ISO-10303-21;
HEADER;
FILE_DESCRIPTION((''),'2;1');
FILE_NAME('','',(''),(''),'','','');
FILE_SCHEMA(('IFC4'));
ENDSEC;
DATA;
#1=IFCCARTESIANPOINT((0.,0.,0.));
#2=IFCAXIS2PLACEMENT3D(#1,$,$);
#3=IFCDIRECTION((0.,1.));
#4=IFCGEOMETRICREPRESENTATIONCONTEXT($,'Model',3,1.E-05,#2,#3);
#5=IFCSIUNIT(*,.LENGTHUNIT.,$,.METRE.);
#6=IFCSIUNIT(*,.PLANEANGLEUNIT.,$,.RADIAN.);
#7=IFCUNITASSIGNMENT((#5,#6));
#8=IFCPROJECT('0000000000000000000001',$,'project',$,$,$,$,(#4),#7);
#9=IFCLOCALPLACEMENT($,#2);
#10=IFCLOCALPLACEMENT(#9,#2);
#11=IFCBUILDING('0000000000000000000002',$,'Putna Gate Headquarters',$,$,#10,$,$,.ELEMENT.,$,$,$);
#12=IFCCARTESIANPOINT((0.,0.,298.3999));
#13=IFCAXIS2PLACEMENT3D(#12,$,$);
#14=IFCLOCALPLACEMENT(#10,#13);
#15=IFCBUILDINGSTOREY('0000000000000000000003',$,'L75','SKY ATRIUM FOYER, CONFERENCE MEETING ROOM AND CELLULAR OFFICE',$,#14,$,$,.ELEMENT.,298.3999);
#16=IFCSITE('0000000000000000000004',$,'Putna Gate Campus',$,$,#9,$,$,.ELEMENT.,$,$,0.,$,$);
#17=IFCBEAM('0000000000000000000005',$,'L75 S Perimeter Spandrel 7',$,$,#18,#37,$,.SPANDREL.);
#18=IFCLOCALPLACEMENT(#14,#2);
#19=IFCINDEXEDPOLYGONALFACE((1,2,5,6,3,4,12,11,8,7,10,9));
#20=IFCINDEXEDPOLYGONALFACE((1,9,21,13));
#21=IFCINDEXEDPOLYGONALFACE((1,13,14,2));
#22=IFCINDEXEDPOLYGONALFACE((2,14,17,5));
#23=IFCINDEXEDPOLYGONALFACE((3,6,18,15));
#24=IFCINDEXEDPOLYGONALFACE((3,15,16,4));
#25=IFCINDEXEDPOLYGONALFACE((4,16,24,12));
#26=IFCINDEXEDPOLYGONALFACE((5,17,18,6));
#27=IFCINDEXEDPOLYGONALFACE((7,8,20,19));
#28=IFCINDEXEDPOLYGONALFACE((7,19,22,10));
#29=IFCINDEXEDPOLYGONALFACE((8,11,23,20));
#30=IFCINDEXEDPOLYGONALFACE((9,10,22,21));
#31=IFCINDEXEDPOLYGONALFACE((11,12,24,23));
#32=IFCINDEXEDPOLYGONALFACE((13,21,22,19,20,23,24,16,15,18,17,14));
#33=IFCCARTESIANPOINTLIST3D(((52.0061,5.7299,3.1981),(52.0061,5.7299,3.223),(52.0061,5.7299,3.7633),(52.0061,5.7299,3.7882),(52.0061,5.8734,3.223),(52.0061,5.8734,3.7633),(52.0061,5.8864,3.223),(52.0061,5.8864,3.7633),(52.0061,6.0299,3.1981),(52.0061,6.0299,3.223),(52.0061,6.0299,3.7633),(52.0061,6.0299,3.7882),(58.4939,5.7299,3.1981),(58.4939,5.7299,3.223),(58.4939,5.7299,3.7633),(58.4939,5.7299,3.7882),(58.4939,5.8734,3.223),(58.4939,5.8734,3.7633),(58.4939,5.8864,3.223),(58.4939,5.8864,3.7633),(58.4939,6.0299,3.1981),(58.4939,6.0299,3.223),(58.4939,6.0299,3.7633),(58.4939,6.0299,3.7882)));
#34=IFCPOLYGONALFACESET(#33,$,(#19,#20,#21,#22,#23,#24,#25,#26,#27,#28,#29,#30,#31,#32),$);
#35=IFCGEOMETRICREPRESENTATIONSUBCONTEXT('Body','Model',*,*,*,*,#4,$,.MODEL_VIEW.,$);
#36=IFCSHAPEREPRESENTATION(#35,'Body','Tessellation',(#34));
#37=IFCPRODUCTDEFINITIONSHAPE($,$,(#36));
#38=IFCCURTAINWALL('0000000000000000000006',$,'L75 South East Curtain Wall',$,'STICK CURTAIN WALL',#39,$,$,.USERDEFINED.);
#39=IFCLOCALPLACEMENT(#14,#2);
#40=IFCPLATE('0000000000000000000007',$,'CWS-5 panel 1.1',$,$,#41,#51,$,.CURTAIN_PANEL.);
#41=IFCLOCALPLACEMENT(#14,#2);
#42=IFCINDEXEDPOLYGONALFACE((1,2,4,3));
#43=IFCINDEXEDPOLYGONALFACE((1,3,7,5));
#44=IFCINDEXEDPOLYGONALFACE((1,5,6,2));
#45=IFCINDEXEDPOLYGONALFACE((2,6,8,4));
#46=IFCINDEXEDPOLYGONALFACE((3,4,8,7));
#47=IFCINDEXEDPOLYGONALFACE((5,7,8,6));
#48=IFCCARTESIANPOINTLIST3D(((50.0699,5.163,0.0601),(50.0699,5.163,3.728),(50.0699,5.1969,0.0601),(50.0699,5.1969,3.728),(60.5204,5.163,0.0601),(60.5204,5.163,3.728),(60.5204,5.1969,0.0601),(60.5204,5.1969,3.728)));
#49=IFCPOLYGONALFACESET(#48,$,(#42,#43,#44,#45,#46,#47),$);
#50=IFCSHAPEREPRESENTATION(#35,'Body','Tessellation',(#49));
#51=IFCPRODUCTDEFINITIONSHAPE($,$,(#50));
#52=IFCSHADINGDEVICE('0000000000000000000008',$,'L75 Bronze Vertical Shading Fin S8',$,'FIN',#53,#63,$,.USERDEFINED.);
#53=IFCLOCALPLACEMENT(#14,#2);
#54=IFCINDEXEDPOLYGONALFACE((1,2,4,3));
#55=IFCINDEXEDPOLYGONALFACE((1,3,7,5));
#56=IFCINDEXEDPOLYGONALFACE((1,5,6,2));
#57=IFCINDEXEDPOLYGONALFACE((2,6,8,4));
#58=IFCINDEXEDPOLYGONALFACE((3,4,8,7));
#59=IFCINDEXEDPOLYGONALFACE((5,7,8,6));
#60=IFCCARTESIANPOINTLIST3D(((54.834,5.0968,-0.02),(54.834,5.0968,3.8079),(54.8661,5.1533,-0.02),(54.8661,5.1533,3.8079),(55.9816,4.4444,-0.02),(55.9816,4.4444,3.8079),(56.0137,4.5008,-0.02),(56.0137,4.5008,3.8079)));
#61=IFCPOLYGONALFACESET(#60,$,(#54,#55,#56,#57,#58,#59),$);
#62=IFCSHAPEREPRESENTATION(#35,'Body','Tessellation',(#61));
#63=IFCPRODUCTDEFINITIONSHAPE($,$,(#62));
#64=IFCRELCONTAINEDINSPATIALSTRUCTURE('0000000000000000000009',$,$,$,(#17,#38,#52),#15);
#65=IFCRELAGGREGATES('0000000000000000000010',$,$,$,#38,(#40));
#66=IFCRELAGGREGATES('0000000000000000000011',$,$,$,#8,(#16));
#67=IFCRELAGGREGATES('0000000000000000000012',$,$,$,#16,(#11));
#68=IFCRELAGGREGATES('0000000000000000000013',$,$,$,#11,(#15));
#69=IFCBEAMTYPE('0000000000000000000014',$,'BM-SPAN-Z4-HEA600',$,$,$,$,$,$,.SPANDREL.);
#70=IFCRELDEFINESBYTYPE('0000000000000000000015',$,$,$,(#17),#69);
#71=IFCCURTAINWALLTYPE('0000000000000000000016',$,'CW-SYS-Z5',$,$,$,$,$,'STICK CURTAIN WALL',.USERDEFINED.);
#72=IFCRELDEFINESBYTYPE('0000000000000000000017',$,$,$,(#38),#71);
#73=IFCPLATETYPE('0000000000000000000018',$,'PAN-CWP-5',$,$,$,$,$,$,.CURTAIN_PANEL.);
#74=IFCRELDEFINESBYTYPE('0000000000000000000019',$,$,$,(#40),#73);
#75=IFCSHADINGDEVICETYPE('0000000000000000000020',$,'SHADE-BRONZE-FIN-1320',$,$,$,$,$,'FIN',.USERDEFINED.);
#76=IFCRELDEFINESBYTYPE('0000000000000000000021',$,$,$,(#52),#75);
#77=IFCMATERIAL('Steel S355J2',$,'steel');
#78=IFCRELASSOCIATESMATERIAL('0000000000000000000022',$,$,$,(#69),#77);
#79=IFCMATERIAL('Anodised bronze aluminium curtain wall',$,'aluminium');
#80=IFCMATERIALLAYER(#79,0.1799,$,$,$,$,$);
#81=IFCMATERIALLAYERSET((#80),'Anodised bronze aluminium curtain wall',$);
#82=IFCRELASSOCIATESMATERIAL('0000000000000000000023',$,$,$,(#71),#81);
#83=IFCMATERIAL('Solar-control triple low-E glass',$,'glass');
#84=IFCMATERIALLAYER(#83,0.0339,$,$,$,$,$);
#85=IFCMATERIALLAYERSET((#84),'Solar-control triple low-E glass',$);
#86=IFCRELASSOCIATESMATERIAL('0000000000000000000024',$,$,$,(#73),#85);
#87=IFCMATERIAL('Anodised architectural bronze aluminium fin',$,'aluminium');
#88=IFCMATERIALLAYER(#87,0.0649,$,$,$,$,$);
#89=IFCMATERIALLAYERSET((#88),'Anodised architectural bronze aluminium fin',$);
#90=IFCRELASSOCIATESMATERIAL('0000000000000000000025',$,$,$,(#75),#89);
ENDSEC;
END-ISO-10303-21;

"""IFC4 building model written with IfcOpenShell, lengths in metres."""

from ifc_helpers import new_model, si_unit, direction, frame, origin, origin_2d, place, context, subcontext, project, spatial, rectangle, i_section, extrude, material, layer, layer_set, material_profile, profile_set, type_object, element, aggregate, save


model = new_model("IFC4")

# Units and contexts
model_context = context("Model", 3, precision=1e-05, world=origin(), true_north=direction((0.0, 1.0)))
body_context = subcontext(model_context, "Body", "Model", "MODEL_VIEW")
ifc_project = project(units=[si_unit("LENGTHUNIT", "METRE"), si_unit("PLANEANGLEUNIT", "RADIAN")], contexts=[model_context])

# Site, building, storey
site_placement = place(None, origin())
site = spatial("IfcSite", under=ifc_project, at=site_placement, Name="Putna Gate Campus", CompositionType="ELEMENT", RefElevation=0.0)
building_placement = place(site_placement, origin())
building = spatial("IfcBuilding", under=site, at=building_placement, Name="Putna Gate Headquarters", CompositionType="ELEMENT")
storey_placement = place(building_placement, frame((0.0, 0.0, 298.3999)))
storey = spatial("IfcBuildingStorey", under=building, at=storey_placement, Name="L75", Description="SKY ATRIUM FOYER, CONFERENCE MEETING ROOM AND CELLULAR OFFICE", CompositionType="ELEMENT", Elevation=298.3999)

# Beam
ifc_material_1 = material(Name="Steel S355J2", Category="steel")
ifc_material_profile_1 = material_profile(ifc_material_1, i_section(OverallWidth=0.3, OverallDepth=0.5901, WebThickness=0.0129, FlangeThickness=0.0249, at=origin_2d()), Name="Steel S355J2")
ifc_profile_set_1 = profile_set([ifc_material_profile_1], Name="Steel S355J2")
beam_type_1 = type_object("IfcBeamType", Name="BM-SPAN-Z4-HEA600", PredefinedType="SPANDREL", material=ifc_profile_set_1)
beam_1_placement = place(storey_placement, frame((52.0061, 5.8799, 3.4932), z_axis=(1.0, 0.0, 0.0), x_axis=(0.0, 1.0, 0.0)))
element("IfcBeam", 1, at=beam_1_placement, inside=storey, type_object=beam_type_1, Name="L75 S Perimeter Spandrel 7", PredefinedType="SPANDREL", context=body_context, shape_type="SweptSolid", body=[
    extrude(i_section(OverallWidth=0.3, OverallDepth=0.5901, WebThickness=0.0129, FlangeThickness=0.0249, at=origin_2d()), origin(), (0.0, 0.0, 1.0), 6.4878),
])

# Curtain wall, plate
ifc_material_2 = material(Name="Anodised bronze aluminium curtain wall", Category="aluminium")
ifc_layer_1 = layer(ifc_material_2, 0.1799)
ifc_layer_set_1 = layer_set([ifc_layer_1], Name="Anodised bronze aluminium curtain wall")
curtain_wall_type = type_object("IfcCurtainWallType", Name="CW-SYS-Z5", ElementType="STICK CURTAIN WALL", PredefinedType="USERDEFINED", material=ifc_layer_set_1)
curtain_wall_placement = place(storey_placement, origin())
curtain_wall = element("IfcCurtainWall", 2, at=curtain_wall_placement, inside=storey, type_object=curtain_wall_type, Name="L75 South East Curtain Wall", ObjectType="STICK CURTAIN WALL", PredefinedType="USERDEFINED")
ifc_material_3 = material(Name="Solar-control triple low-E glass", Category="glass")
ifc_layer_2 = layer(ifc_material_3, 0.0339)
ifc_layer_set_2 = layer_set([ifc_layer_2], Name="Solar-control triple low-E glass")
plate_type = type_object("IfcPlateType", Name="PAN-CWP-5", PredefinedType="CURTAIN_PANEL", material=ifc_layer_set_2)
plate_placement = place(storey_placement, frame((55.2952, 5.1799, 0.0601), z_axis=(0.0, 0.0, 1.0), x_axis=(1.0, 0.0, 0.0)))
plate = element("IfcPlate", 3, at=plate_placement, type_object=plate_type, Name="CWS-5 panel 1.1", PredefinedType="CURTAIN_PANEL", context=body_context, shape_type="SweptSolid", body=[
    extrude(rectangle(XDim=10.4504, YDim=0.0339, at=origin_2d()), origin(), (0.0, 0.0, 1.0), 3.668),
])
aggregate(curtain_wall, [plate])

# Shading device
ifc_material_4 = material(Name="Anodised architectural bronze aluminium fin", Category="aluminium")
ifc_layer_3 = layer(ifc_material_4, 0.0649)
ifc_layer_set_3 = layer_set([ifc_layer_3], Name="Anodised architectural bronze aluminium fin")
shading_device_type = type_object("IfcShadingDeviceType", Name="SHADE-BRONZE-FIN-1320", ElementType="FIN", PredefinedType="USERDEFINED", material=ifc_layer_set_3)
shading_device_placement = place(storey_placement, frame((55.4238, 4.7988, -0.02), z_axis=(0.0, 0.0, 1.0), x_axis=(0.869322, -0.494245, 0.0)))
element("IfcShadingDevice", 4, at=shading_device_placement, inside=storey, type_object=shading_device_type, Name="L75 Bronze Vertical Shading Fin S8", ObjectType="FIN", PredefinedType="USERDEFINED", context=body_context, shape_type="SweptSolid", body=[
    extrude(rectangle(XDim=1.3201, YDim=0.0649, at=origin_2d()), origin(), (0.0, 0.0, 1.0), 3.8279),
])

save(model, "model.ifc")
